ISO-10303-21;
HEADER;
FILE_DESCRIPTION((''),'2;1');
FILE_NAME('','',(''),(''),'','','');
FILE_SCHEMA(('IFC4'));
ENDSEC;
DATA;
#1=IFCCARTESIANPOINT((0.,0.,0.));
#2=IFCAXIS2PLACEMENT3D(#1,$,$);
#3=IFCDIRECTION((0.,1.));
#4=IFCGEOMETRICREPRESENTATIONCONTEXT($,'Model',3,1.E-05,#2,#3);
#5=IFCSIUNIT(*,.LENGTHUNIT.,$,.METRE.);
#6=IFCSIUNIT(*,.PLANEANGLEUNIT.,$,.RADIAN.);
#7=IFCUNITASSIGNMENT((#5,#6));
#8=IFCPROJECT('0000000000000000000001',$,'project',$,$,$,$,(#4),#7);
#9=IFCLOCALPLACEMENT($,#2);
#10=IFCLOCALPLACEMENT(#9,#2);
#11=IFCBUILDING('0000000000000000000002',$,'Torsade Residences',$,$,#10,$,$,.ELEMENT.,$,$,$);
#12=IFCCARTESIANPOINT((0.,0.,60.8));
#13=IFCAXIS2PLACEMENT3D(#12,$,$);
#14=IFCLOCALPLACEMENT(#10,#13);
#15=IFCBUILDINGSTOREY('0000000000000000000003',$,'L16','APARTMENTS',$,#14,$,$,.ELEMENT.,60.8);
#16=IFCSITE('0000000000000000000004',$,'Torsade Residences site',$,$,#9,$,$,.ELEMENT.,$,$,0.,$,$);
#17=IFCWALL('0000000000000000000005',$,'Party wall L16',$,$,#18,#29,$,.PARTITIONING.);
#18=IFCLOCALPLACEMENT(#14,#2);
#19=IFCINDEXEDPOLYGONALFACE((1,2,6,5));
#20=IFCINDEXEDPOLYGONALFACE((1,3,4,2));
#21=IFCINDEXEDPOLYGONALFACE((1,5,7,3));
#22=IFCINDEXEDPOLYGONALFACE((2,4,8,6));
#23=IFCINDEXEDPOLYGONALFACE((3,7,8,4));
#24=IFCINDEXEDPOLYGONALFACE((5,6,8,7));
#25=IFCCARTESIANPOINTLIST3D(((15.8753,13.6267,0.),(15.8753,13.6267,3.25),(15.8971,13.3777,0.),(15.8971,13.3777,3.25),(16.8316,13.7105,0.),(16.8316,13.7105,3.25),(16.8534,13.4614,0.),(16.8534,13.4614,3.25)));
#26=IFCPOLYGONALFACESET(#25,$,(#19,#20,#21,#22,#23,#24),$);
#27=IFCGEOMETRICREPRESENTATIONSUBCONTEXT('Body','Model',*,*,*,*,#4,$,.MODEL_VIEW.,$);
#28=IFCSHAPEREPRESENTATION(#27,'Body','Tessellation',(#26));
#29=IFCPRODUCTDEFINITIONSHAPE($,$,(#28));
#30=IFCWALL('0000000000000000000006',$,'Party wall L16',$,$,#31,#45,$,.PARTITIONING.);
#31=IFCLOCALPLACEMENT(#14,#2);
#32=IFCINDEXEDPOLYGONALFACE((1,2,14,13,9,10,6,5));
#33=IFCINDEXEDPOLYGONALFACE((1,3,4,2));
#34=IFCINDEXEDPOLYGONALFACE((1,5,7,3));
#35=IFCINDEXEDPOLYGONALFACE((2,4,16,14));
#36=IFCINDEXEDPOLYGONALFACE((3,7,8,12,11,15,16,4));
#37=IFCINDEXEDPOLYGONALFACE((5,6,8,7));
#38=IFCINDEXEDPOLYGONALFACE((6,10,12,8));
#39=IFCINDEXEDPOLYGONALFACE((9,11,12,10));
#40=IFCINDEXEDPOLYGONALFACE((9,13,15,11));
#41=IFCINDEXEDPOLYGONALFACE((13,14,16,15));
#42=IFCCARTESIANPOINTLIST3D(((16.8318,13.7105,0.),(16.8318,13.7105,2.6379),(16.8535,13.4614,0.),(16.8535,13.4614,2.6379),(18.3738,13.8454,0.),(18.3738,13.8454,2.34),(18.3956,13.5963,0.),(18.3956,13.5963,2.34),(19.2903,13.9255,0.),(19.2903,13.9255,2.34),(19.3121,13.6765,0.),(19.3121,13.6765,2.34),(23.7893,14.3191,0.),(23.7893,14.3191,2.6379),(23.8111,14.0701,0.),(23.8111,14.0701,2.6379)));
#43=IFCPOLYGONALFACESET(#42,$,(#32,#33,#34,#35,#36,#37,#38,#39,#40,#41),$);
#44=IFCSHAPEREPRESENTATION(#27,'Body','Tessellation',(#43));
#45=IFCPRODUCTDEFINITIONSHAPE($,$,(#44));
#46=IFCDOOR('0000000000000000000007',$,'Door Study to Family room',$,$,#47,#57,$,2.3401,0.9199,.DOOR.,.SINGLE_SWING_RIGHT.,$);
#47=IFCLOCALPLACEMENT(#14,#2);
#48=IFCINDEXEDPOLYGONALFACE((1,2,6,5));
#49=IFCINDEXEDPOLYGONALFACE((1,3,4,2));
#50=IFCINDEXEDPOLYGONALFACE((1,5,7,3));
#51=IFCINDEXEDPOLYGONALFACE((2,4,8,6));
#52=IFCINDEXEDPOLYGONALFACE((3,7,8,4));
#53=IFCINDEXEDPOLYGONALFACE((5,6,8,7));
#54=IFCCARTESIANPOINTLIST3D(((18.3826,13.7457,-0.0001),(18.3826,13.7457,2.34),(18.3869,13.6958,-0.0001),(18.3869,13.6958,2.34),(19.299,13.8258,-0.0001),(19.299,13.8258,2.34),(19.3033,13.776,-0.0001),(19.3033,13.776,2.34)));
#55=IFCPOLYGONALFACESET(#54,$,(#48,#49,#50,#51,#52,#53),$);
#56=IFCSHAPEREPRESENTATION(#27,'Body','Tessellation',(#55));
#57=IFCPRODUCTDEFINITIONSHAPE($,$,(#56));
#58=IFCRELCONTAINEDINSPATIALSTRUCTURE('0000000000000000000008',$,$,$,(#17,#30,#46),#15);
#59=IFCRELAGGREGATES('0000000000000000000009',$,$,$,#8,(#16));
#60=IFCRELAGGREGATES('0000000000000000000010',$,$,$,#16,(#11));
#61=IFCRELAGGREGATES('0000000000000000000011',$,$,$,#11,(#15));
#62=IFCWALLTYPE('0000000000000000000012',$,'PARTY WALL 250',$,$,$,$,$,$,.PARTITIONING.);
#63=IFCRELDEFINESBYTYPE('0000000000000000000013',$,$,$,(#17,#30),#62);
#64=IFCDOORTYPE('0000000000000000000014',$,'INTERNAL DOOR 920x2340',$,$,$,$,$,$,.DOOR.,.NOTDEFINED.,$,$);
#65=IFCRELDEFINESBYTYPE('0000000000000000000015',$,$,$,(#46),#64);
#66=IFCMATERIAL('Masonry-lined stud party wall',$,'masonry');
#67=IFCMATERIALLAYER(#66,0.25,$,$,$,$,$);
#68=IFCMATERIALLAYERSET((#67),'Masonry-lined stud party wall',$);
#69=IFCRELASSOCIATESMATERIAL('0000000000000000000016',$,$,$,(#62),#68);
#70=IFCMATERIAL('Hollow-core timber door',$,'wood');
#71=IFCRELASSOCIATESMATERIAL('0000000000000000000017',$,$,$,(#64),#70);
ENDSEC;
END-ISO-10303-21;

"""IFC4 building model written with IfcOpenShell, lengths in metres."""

from ifc_helpers import new_model, si_unit, direction, frame, frame_2d, origin, place, context, subcontext, project, spatial, rectangle, extrude, material, layer, layer_set, type_object, element, fill, save


model = new_model("IFC4")

# Units and contexts
model_context = context("Model", 3, precision=1e-05, world=origin(), true_north=direction((0.0, 1.0)))
body_context = subcontext(model_context, "Body", "Model", "MODEL_VIEW")
ifc_project = project(units=[si_unit("LENGTHUNIT", "METRE"), si_unit("PLANEANGLEUNIT", "RADIAN")], contexts=[model_context])

# Site, building, storey
site_placement = place(None, origin())
site = spatial("IfcSite", under=ifc_project, at=site_placement, Name="Torsade Residences site", CompositionType="ELEMENT", RefElevation=0.0)
building_placement = place(site_placement, origin())
building = spatial("IfcBuilding", under=site, at=building_placement, Name="Torsade Residences", CompositionType="ELEMENT")
storey_placement = place(building_placement, frame((0.0, 0.0, 60.8)))
storey = spatial("IfcBuildingStorey", under=building, at=storey_placement, Name="L16", Description="APARTMENTS", CompositionType="ELEMENT", Elevation=60.8)

# Wall
ifc_material_1 = material(Name="Masonry-lined stud party wall", Category="masonry")
ifc_layer_1 = layer(ifc_material_1, 0.25)
ifc_layer_set_1 = layer_set([ifc_layer_1], Name="Masonry-lined stud party wall")
wall_type = type_object("IfcWallType", Name="PARTY WALL 250", PredefinedType="PARTITIONING", material=ifc_layer_set_1)
wall_1_placement = place(storey_placement, frame((15.8862, 13.5022, 0.0), z_axis=(0.0, 0.0, 1.0), x_axis=(0.996188, 0.087233, 0.0)))
element("IfcWall", 1, at=wall_1_placement, inside=storey, type_object=wall_type, Name="Party wall L16", PredefinedType="PARTITIONING", context=body_context, shape_type="SweptSolid", body=[
    extrude(rectangle(XDim=0.96, YDim=0.25, at=frame_2d((0.48, 0.0))), origin(), (0.0, 0.0, 1.0), 3.25),
])

# Wall, opening, door
wall_2_placement = place(storey_placement, frame((16.8425, 13.5859, 0.0), z_axis=(0.0, 0.0, 1.0), x_axis=(0.996195, 0.087147, 0.0)))
wall_2 = element("IfcWall", 2, at=wall_2_placement, inside=storey, type_object=wall_type, Name="Party wall L16", PredefinedType="PARTITIONING", context=body_context, shape_type="SweptSolid", body=[
    extrude(rectangle(XDim=6.9841, YDim=0.25, at=frame_2d((3.4922, 0.0))), origin(), (0.0, 0.0, 1.0), 2.6379),
])
opening_placement = place(wall_2_placement, frame((1.5481, 0.0, 0.0)))
opening = element("IfcOpeningElement", 3, at=opening_placement, cuts=wall_2, PredefinedType="OPENING", context=body_context, shape_type="SweptSolid", body=[
    extrude(rectangle(XDim=0.9199, YDim=2.3401, at=frame_2d((0.46, 1.1699))), frame((0.0, 0.135, 0.0), z_axis=(0.0, -1.0, 0.0), x_axis=(1.0, 0.0, 0.0)), (0.0, 0.0, 1.0), 0.27),
])
ifc_material_2 = material(Name="Hollow-core timber door", Category="wood")
door_type = type_object("IfcDoorType", Name="INTERNAL DOOR 920x2340", OperationType="NOTDEFINED", PredefinedType="DOOR", material=ifc_material_2)
door_placement = place(opening_placement, origin())
door = element("IfcDoor", 4, at=door_placement, inside=storey, type_object=door_type, Name="Door Study to Family room", OperationType="SINGLE_SWING_RIGHT", OverallHeight=2.3401, OverallWidth=0.9199, PredefinedType="DOOR", context=body_context, shape_type="SweptSolid", body=[
    extrude(rectangle(XDim=0.9199, YDim=2.3401, at=frame_2d((0.46, 1.1699))), frame((0.0, 0.0249, 0.0), z_axis=(0.0, -1.0, 0.0), x_axis=(1.0, 0.0, 0.0)), (0.0, 0.0, 1.0), 0.05),
])
fill(opening, door)

save(model, "model.ifc")
